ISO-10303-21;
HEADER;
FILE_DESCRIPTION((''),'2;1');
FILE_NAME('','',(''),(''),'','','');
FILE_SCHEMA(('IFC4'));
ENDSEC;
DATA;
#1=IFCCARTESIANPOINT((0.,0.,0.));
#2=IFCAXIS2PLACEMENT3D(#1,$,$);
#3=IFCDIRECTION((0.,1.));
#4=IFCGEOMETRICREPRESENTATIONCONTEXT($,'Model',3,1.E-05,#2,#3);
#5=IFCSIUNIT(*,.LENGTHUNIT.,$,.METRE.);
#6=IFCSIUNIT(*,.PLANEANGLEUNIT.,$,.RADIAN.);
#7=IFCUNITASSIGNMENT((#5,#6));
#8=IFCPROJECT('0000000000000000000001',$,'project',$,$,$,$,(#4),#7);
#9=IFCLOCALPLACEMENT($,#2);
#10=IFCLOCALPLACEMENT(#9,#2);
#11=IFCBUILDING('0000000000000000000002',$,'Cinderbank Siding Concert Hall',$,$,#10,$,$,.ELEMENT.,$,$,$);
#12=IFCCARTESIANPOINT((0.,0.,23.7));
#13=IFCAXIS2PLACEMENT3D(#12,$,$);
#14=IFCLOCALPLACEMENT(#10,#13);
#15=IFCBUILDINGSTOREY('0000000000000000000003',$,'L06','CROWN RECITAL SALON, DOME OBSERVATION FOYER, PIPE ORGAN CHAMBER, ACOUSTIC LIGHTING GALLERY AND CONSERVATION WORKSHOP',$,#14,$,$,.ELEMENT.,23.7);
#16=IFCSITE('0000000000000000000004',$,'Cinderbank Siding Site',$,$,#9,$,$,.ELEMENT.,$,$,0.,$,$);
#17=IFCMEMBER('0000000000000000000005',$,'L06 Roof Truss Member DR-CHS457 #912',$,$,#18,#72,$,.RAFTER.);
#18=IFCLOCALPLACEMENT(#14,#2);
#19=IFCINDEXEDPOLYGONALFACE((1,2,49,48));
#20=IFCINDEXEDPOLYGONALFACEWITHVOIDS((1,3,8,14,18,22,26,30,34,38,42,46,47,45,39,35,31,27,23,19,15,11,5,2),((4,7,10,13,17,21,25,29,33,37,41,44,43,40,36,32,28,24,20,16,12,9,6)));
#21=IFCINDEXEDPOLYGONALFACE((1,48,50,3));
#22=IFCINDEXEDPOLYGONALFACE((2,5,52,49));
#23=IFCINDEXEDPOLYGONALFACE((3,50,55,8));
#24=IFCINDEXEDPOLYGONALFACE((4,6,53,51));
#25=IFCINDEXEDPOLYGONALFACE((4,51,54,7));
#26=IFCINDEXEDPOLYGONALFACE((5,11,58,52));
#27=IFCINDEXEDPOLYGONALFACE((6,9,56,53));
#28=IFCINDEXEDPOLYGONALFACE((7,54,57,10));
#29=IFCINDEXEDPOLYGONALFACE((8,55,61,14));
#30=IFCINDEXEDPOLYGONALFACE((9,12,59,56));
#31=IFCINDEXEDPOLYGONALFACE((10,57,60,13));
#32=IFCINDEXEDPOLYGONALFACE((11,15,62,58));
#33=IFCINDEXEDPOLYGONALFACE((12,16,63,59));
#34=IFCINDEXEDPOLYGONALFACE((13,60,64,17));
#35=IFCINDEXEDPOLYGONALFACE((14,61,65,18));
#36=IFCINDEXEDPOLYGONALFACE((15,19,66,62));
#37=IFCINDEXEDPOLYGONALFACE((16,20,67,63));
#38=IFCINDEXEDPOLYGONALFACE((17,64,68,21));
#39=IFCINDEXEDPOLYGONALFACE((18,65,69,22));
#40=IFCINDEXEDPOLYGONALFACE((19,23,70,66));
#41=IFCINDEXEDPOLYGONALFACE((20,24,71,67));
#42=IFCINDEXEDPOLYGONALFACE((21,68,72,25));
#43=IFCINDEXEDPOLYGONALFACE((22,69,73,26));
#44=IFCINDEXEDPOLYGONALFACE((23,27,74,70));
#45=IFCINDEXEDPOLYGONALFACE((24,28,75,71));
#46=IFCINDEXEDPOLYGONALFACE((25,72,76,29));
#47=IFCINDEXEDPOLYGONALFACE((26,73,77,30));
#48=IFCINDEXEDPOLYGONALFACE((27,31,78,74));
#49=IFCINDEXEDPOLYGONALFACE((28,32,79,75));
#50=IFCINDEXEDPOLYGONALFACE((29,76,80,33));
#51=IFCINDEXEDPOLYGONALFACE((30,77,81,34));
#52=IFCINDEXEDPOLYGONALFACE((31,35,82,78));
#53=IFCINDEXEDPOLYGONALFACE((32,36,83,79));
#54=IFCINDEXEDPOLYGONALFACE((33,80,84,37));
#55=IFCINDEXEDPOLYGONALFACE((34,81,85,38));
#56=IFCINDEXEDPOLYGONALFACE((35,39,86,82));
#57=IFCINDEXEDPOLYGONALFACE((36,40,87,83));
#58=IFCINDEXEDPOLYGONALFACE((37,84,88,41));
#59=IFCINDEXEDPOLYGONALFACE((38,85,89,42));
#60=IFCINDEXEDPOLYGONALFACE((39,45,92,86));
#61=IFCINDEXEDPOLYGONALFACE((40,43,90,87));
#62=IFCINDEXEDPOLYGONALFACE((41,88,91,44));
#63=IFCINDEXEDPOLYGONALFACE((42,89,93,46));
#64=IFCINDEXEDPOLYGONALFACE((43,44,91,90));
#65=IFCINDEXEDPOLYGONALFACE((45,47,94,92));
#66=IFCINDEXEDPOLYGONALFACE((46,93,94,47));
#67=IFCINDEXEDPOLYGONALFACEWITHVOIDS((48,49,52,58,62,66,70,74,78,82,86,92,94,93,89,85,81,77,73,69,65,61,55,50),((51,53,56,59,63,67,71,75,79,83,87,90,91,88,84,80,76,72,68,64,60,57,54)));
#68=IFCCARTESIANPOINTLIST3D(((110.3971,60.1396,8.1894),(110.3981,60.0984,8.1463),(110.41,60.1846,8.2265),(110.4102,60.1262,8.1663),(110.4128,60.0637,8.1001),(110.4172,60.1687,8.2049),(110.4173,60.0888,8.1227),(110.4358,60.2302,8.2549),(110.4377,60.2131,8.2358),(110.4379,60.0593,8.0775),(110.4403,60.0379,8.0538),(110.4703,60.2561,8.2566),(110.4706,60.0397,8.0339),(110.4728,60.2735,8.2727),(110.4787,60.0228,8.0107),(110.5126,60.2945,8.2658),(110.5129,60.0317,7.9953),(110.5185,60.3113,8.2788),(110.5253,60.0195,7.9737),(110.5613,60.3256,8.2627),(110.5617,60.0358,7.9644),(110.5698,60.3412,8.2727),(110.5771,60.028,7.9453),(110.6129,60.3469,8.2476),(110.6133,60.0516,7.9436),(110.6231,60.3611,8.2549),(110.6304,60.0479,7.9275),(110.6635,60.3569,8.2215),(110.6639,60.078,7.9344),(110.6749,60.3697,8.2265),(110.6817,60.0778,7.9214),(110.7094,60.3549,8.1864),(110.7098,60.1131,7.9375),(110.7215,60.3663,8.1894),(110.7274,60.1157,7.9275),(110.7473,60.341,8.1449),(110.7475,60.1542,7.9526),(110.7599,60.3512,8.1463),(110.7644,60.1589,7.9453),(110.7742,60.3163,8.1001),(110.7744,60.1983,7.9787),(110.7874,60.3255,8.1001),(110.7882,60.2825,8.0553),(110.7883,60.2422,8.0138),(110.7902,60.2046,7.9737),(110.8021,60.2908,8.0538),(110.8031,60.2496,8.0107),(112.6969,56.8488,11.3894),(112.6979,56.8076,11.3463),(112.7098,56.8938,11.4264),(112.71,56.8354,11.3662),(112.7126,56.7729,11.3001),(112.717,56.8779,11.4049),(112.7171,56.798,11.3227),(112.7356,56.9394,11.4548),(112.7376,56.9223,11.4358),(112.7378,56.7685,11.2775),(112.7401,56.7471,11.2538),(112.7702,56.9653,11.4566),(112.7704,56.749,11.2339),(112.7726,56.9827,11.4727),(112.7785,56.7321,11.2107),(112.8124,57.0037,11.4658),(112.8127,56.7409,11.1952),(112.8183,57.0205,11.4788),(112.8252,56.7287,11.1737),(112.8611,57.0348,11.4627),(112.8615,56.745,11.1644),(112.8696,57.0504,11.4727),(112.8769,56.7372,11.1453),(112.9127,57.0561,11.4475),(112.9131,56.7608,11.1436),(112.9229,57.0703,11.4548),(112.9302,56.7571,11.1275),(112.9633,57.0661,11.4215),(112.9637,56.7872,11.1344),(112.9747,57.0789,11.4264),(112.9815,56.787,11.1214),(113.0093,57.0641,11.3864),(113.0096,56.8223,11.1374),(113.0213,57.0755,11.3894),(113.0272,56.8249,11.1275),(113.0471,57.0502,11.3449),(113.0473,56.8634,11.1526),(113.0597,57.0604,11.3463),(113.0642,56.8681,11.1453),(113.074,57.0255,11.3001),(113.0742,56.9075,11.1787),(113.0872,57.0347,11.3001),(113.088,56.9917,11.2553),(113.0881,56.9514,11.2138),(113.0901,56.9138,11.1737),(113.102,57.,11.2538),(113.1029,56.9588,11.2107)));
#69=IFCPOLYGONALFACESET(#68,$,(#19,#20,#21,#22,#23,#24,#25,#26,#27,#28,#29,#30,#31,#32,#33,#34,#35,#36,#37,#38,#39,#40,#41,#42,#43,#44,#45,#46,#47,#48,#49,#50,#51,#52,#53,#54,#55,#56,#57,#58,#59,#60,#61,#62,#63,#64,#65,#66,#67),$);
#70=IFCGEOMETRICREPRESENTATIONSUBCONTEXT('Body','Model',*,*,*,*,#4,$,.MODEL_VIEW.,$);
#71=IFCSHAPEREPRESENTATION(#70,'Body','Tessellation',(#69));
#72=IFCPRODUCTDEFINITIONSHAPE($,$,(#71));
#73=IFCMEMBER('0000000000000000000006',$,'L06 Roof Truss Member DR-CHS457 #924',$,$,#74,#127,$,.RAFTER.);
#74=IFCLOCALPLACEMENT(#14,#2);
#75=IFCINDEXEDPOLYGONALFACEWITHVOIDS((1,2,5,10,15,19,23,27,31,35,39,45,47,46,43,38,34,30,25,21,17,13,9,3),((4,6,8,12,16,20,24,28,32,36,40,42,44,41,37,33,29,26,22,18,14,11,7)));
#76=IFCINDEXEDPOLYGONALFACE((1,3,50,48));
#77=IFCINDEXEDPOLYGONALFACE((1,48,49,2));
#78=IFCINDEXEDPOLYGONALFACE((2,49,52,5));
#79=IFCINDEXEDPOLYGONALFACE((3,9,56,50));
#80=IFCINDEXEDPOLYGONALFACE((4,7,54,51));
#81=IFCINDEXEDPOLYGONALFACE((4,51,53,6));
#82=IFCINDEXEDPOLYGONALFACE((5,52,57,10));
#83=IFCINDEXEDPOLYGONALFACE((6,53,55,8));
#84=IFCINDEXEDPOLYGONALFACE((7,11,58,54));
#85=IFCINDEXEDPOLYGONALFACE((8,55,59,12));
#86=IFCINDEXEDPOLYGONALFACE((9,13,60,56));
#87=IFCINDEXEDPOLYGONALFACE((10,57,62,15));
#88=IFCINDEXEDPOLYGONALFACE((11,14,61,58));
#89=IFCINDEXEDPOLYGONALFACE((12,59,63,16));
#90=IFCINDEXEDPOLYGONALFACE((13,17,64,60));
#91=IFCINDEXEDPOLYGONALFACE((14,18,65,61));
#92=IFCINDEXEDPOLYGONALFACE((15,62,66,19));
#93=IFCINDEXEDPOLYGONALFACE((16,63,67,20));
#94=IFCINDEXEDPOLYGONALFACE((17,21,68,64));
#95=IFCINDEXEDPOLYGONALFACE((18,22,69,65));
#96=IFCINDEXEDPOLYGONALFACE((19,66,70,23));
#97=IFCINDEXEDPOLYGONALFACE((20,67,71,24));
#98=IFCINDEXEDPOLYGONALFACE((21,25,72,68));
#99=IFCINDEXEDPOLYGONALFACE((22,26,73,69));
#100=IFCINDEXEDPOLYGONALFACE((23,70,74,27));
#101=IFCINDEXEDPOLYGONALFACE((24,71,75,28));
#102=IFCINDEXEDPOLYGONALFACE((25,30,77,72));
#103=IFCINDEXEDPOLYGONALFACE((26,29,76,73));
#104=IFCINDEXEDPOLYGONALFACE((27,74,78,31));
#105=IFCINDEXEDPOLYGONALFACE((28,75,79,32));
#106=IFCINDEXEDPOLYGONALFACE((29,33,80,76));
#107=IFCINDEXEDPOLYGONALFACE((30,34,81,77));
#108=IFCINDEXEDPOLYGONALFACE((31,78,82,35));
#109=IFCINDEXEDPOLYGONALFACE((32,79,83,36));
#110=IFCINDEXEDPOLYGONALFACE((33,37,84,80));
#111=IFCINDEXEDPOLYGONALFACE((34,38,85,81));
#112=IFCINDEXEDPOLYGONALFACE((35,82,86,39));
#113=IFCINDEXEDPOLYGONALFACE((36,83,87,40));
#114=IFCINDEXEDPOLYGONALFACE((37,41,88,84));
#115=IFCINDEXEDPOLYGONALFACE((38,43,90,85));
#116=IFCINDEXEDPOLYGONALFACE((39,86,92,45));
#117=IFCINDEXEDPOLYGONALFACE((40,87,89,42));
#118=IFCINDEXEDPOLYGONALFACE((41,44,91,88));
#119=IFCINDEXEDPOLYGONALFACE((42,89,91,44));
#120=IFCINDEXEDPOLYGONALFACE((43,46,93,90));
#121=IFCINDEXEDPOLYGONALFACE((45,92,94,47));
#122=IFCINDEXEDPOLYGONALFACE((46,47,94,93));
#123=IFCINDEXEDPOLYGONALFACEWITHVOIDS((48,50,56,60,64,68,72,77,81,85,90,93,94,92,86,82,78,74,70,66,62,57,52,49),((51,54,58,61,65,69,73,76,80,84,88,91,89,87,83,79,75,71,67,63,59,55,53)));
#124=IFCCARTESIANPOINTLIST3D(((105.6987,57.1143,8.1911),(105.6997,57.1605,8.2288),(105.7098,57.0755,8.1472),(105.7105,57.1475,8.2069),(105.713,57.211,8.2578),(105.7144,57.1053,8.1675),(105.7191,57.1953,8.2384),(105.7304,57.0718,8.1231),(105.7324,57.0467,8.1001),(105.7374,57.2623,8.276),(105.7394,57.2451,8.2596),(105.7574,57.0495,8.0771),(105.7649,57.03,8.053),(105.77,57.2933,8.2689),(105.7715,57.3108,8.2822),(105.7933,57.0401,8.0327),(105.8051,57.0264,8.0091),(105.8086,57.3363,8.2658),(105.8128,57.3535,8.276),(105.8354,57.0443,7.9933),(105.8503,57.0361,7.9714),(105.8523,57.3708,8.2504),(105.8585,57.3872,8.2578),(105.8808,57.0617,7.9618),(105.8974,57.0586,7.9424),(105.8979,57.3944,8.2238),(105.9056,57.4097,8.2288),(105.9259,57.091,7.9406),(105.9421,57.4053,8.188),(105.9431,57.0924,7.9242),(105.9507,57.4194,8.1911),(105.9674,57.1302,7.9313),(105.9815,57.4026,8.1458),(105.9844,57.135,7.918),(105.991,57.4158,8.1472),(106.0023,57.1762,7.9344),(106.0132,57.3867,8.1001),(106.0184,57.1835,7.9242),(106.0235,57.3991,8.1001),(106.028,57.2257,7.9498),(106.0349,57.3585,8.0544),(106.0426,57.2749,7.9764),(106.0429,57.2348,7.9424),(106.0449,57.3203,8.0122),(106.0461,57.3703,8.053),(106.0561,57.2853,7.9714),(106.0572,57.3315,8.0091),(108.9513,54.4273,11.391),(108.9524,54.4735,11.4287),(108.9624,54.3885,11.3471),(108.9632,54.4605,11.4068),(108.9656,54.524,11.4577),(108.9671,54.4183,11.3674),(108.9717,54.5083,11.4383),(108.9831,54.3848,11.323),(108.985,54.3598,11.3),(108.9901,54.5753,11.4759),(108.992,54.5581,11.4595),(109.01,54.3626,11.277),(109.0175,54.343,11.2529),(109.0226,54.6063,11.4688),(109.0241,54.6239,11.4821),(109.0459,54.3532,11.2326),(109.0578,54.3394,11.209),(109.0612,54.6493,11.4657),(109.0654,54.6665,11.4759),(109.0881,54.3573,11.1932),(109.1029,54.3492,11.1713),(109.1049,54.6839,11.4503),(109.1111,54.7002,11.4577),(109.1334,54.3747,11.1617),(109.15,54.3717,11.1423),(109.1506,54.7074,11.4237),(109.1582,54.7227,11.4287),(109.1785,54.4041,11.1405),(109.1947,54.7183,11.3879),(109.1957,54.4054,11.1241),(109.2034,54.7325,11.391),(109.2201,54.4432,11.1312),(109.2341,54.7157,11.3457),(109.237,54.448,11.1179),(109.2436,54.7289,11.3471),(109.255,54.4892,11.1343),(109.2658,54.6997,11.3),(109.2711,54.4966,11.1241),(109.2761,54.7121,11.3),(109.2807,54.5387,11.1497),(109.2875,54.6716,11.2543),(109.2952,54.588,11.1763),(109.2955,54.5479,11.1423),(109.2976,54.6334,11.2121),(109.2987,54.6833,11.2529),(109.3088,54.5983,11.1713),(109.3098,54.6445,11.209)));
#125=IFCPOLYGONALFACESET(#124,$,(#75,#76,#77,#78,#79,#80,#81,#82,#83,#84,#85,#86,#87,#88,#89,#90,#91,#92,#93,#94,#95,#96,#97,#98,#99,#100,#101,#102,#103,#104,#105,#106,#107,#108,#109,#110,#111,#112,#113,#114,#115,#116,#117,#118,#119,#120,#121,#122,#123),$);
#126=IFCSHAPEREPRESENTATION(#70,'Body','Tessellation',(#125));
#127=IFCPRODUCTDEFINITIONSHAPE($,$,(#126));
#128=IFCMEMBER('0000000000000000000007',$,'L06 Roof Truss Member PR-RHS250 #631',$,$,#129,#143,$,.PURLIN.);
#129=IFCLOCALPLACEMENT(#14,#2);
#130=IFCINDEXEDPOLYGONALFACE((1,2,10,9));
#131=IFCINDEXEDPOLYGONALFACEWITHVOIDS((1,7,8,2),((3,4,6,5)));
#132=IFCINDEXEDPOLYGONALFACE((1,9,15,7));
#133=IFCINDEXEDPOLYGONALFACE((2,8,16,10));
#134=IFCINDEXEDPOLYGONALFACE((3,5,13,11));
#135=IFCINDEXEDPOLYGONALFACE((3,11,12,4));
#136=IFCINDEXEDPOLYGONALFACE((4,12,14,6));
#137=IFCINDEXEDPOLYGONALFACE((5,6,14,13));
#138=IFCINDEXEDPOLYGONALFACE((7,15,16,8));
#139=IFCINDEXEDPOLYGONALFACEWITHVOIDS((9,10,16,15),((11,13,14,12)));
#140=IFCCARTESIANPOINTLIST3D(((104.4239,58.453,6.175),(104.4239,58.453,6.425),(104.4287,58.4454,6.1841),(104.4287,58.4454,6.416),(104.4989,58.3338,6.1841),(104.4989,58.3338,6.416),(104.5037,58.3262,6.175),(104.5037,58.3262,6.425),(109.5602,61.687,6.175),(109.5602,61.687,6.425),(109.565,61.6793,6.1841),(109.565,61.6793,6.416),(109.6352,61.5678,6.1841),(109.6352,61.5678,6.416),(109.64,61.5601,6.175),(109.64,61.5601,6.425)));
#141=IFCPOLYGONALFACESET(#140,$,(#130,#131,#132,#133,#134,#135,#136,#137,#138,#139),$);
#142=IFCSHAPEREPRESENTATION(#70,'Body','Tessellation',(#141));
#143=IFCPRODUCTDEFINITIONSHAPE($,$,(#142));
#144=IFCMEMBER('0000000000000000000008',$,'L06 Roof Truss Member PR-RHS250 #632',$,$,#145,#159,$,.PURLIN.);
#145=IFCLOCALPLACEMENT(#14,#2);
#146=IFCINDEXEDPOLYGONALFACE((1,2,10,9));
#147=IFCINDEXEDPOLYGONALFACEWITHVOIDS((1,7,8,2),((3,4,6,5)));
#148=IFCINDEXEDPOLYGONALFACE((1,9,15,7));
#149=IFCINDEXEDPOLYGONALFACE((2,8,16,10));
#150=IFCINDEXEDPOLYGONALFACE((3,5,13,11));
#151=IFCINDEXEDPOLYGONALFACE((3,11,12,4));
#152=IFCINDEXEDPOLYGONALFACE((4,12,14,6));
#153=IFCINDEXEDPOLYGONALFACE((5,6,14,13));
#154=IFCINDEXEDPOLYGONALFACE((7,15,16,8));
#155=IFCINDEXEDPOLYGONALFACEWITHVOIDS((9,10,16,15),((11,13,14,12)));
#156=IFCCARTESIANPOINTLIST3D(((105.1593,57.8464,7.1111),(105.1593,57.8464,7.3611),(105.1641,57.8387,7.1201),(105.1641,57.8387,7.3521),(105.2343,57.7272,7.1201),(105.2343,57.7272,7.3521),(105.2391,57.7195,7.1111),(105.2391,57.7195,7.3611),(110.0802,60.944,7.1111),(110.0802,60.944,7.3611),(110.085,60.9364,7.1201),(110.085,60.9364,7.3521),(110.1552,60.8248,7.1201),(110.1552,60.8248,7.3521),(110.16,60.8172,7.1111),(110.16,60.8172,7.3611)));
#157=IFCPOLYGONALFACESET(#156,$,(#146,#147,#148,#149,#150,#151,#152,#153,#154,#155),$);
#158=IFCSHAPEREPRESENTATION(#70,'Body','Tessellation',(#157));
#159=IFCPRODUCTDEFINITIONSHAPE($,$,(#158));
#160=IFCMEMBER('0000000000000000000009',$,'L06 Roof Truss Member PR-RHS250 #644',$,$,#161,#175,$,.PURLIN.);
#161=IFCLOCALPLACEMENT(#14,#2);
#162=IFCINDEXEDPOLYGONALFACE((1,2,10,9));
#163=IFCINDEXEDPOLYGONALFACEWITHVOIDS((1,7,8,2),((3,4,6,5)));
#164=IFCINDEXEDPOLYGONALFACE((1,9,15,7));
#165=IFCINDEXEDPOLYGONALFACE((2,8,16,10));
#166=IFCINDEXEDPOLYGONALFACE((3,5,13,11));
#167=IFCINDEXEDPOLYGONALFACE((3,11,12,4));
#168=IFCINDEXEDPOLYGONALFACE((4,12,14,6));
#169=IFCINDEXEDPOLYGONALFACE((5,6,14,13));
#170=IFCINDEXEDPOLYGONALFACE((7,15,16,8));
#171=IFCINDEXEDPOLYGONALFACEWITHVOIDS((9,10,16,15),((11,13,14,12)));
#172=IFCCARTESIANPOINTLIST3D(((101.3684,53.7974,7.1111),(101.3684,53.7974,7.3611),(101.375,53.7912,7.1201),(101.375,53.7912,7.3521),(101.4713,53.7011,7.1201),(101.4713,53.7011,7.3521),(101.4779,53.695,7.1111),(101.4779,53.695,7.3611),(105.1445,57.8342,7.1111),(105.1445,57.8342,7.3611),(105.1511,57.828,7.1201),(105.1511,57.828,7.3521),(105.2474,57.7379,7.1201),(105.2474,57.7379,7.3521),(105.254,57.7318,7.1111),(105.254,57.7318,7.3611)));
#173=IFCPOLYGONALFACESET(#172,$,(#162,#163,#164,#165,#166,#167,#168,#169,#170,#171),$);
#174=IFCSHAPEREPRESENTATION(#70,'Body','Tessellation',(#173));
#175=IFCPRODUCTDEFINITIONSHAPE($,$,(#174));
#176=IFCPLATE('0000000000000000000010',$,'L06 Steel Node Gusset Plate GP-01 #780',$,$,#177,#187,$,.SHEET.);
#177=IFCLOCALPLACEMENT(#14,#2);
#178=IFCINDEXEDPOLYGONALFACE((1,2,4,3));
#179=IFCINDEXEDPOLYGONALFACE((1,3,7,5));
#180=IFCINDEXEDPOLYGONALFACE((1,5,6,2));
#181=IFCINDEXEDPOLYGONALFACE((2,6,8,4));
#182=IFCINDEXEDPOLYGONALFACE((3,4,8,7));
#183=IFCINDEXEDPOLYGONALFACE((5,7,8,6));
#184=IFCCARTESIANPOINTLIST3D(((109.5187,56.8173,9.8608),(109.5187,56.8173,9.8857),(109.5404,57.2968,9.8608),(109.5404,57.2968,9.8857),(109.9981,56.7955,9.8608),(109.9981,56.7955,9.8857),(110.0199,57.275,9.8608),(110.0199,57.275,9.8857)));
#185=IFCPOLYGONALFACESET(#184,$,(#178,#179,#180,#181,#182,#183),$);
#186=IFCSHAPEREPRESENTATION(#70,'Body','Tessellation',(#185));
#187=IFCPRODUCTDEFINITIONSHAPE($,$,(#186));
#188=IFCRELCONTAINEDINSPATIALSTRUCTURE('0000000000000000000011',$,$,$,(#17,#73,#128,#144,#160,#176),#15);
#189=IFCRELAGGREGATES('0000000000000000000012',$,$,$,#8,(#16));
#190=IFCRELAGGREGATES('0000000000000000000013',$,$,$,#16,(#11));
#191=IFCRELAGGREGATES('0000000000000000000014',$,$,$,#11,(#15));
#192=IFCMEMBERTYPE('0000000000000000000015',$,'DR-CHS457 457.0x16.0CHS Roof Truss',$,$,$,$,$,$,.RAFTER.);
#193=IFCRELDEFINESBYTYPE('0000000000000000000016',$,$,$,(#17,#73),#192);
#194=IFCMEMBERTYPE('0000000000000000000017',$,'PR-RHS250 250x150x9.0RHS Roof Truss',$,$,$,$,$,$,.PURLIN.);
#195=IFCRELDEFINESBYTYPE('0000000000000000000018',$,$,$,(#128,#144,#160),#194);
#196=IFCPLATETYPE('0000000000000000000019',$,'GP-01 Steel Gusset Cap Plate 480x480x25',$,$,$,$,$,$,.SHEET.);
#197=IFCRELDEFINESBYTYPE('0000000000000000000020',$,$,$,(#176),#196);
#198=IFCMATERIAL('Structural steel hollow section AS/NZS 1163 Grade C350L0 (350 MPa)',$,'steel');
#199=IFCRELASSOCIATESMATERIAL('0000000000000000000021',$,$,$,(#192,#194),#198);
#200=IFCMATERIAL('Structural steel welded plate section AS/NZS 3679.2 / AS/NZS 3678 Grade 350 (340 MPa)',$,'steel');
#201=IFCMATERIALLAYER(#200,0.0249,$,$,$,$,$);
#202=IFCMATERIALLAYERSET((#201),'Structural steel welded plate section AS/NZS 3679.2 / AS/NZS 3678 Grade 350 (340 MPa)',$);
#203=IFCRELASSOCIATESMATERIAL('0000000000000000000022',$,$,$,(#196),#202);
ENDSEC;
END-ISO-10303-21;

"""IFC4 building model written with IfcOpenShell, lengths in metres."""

from ifc_helpers import new_model, si_unit, direction, frame, origin, origin_2d, place, context, subcontext, project, spatial, rectangle, hollow_rectangle, hollow_circle, extrude, material, layer, layer_set, material_profile, profile_set, type_object, element, save


model = new_model("IFC4")

# Units and contexts
model_context = context("Model", 3, precision=1e-05, world=origin(), true_north=direction((0.0, 1.0)))
body_context = subcontext(model_context, "Body", "Model", "MODEL_VIEW")
ifc_project = project(units=[si_unit("LENGTHUNIT", "METRE"), si_unit("PLANEANGLEUNIT", "RADIAN")], contexts=[model_context])

# Site, building, storey
site_placement = place(None, origin())
site = spatial("IfcSite", under=ifc_project, at=site_placement, Name="Cinderbank Siding Site", CompositionType="ELEMENT", RefElevation=0.0)
building_placement = place(site_placement, origin())
building = spatial("IfcBuilding", under=site, at=building_placement, Name="Cinderbank Siding Concert Hall", CompositionType="ELEMENT")
storey_placement = place(building_placement, frame((0.0, 0.0, 23.7)))
storey = spatial("IfcBuildingStorey", under=building, at=storey_placement, Name="L06", Description="CROWN RECITAL SALON, DOME OBSERVATION FOYER, PIPE ORGAN CHAMBER, ACOUSTIC LIGHTING GALLERY AND CONSERVATION WORKSHOP", CompositionType="ELEMENT", Elevation=23.7)

# Shared definitions
ifc_material_1 = material(Name="Structural steel welded plate section AS/NZS 3679.2 / AS/NZS 3678 Grade 350 (340 MPa)", Category="steel")

# Members
ifc_material_2 = material(Name="Structural steel hollow section AS/NZS 1163 Grade C350L0 (350 MPa)", Category="steel")
ifc_material_profile_1 = material_profile(ifc_material_2, hollow_circle(Radius=0.2285, WallThickness=0.0161, at=origin_2d()), Name="457.0x16.0CHS", Category="LoadBearing")
ifc_profile_set_1 = profile_set([ifc_material_profile_1], Name="Structural steel hollow section AS/NZS 1163 Grade C350L0 (350 MPa)")
member_type_1 = type_object("IfcMemberType", Name="DR-CHS457 457.0x16.0CHS Roof Truss", PredefinedType="RAFTER", material=ifc_profile_set_1)
member_1_placement = place(storey_placement, frame((110.6001, 60.1946, 8.1001), z_axis=(0.447956, -0.640976, 0.623286), x_axis=(0.819669, 0.572838, 0.0)))
element("IfcMember", 1, at=member_1_placement, inside=storey, type_object=member_type_1, Name="L06 Roof Truss Member DR-CHS457 #912", PredefinedType="RAFTER", context=body_context, shape_type="SweptSolid", body=[
    extrude(hollow_circle(Radius=0.2285, WallThickness=0.0161, at=origin_2d()), origin(), (0.0, 0.0, 1.0), 5.134),
])
member_2_placement = place(storey_placement, frame((105.8779, 57.2229, 8.1001), z_axis=(0.614265, -0.507438, 0.604306), x_axis=(0.636883, 0.770961, 0.0)))
element("IfcMember", 2, at=member_2_placement, inside=storey, type_object=member_type_1, Name="L06 Roof Truss Member DR-CHS457 #924", PredefinedType="RAFTER", context=body_context, shape_type="SweptSolid", body=[
    extrude(hollow_circle(Radius=0.2285, WallThickness=0.0161, at=origin_2d()), origin(), (0.0, 0.0, 1.0), 5.2952),
])
ifc_material_profile_2 = material_profile(ifc_material_2, hollow_rectangle(XDim=0.1499, YDim=0.25, WallThickness=0.009, at=origin_2d()), Name="250x150x9.0RHS", Category="LoadBearing")
ifc_profile_set_2 = profile_set([ifc_material_profile_2], Name="Structural steel hollow section AS/NZS 1163 Grade C350L0 (350 MPa)")
member_type_2 = type_object("IfcMemberType", Name="PR-RHS250 250x150x9.0RHS Roof Truss", PredefinedType="PURLIN", material=ifc_profile_set_2)
member_3_placement = place(storey_placement, frame((109.6001, 61.6235, 6.3), z_axis=(-0.846236, -0.532809, 0.0), x_axis=(0.532809, -0.846236, 0.0)))
element("IfcMember", 3, at=member_3_placement, inside=storey, type_object=member_type_2, Name="L06 Roof Truss Member PR-RHS250 #631", PredefinedType="PURLIN", context=body_context, shape_type="SweptSolid", body=[
    extrude(hollow_rectangle(XDim=0.1499, YDim=0.25, WallThickness=0.009, at=origin_2d()), origin(), (0.0, 0.0, 1.0), 6.0696),
])
member_4_placement = place(storey_placement, frame((110.1201, 60.8806, 7.2361), z_axis=(-0.846286, -0.532729, 0.0), x_axis=(0.532729, -0.846286, 0.0)))
element("IfcMember", 4, at=member_4_placement, inside=storey, type_object=member_type_2, Name="L06 Roof Truss Member PR-RHS250 #632", PredefinedType="PURLIN", context=body_context, shape_type="SweptSolid", body=[
    extrude(hollow_rectangle(XDim=0.1499, YDim=0.25, WallThickness=0.009, at=origin_2d()), origin(), (0.0, 0.0, 1.0), 5.8147),
])
member_5_placement = place(storey_placement, frame((105.1992, 57.783, 7.2361), z_axis=(-0.683128, -0.730298, 0.0), x_axis=(0.730298, -0.683128, 0.0)))
element("IfcMember", 5, at=member_5_placement, inside=storey, type_object=member_type_2, Name="L06 Roof Truss Member PR-RHS250 #644", PredefinedType="PURLIN", context=body_context, shape_type="SweptSolid", body=[
    extrude(hollow_rectangle(XDim=0.1499, YDim=0.25, WallThickness=0.009, at=origin_2d()), origin(), (0.0, 0.0, 1.0), 5.5276),
])

# Plate
ifc_layer_1 = layer(ifc_material_1, 0.0249)
ifc_layer_set_1 = layer_set([ifc_layer_1], Name="Structural steel welded plate section AS/NZS 3679.2 / AS/NZS 3678 Grade 350 (340 MPa)")
plate_type_1 = type_object("IfcPlateType", Name="GP-01 Steel Gusset Cap Plate 480x480x25", PredefinedType="SHEET", material=ifc_layer_set_1)
plate_1_placement = place(storey_placement, frame((109.7693, 57.0461, 9.8608), z_axis=(0.0, 0.0, 1.0), x_axis=(0.998971, -0.045363, 0.0)))
element("IfcPlate", 6, at=plate_1_placement, inside=storey, type_object=plate_type_1, Name="L06 Steel Node Gusset Plate GP-01 #780", PredefinedType="SHEET", context=body_context, shape_type="SweptSolid", body=[
    extrude(rectangle(XDim=0.48, YDim=0.48, at=origin_2d()), origin(), (0.0, 0.0, 1.0), 0.0249),
])

save(model, "model.ifc")
